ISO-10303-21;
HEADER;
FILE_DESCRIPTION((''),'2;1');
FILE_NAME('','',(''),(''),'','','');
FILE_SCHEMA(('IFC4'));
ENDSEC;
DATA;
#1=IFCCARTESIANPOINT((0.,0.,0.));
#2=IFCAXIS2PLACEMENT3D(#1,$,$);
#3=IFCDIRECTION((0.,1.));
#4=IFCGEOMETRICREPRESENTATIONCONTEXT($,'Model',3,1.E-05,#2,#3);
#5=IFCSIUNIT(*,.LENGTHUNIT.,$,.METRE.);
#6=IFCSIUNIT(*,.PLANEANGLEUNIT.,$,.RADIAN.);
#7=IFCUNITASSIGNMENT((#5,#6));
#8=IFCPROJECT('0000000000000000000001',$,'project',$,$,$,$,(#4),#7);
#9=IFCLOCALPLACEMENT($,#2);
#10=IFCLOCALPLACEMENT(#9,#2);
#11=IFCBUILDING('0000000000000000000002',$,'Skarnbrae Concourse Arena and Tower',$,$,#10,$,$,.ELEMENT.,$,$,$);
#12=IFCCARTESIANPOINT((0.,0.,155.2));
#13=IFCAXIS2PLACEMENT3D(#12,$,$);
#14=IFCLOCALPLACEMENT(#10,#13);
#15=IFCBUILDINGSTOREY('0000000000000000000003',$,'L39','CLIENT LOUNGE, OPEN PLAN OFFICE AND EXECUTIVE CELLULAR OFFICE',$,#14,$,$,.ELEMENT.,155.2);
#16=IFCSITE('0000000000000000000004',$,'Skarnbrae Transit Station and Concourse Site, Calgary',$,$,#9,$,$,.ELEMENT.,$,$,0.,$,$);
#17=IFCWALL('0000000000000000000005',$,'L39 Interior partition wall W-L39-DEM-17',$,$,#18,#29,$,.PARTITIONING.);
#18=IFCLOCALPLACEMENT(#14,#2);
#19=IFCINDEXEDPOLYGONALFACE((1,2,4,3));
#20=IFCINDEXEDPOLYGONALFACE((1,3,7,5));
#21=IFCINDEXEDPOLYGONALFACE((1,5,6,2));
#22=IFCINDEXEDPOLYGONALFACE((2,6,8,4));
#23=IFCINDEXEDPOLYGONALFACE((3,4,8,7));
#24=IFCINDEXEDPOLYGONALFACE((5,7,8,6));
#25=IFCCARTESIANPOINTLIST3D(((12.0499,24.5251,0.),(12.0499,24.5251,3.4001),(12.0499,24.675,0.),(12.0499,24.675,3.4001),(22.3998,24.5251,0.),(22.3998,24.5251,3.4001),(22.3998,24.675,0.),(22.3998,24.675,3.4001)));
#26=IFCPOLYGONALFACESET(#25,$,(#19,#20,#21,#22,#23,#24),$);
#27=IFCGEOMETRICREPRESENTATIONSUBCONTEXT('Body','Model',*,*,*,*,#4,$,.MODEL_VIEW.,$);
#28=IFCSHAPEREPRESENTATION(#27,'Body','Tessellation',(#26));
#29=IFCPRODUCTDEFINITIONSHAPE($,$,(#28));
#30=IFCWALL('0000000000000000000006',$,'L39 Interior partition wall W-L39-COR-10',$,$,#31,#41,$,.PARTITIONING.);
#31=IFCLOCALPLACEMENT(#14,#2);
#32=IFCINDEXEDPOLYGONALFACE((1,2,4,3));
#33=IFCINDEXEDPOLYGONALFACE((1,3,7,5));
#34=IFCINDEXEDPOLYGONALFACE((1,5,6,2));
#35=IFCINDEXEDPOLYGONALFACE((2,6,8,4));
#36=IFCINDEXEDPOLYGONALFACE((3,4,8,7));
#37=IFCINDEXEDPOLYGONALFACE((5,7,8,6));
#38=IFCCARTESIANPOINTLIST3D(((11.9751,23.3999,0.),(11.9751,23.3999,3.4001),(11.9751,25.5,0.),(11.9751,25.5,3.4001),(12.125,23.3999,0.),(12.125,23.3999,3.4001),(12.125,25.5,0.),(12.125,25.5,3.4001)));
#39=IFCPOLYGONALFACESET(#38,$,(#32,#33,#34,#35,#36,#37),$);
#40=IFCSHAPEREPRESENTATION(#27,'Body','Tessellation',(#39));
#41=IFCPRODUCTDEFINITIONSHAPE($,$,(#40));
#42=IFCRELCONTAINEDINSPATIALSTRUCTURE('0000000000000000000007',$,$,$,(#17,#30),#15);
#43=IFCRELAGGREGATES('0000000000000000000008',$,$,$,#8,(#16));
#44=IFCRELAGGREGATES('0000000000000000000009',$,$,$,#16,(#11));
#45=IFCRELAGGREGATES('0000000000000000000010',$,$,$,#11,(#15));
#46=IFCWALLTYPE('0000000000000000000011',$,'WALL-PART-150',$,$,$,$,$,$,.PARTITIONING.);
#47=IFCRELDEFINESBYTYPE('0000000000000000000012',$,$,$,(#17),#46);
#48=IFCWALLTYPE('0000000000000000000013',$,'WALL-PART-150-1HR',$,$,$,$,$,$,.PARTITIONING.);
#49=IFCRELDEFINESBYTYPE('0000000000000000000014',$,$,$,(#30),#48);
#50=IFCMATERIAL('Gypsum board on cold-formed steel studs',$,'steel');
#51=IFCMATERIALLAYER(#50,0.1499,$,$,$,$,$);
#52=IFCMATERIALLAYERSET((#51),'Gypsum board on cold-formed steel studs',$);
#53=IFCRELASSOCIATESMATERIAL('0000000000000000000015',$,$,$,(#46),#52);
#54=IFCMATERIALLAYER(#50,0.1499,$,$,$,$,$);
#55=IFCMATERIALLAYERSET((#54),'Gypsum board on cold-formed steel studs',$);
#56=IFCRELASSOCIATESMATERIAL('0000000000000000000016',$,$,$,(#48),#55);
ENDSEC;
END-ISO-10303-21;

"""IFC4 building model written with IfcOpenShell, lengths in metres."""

from ifc_helpers import new_model, si_unit, direction, frame, frame_2d, origin, place, context, subcontext, project, spatial, rectangle, extrude, source, transform, mapped, material, layer, layer_set, type_object, element, save


model = new_model("IFC4")

# Units and contexts
model_context = context("Model", 3, precision=1e-05, world=origin(), true_north=direction((0.0, 1.0)))
body_context = subcontext(model_context, "Body", "Model", "MODEL_VIEW")
ifc_project = project(units=[si_unit("LENGTHUNIT", "METRE"), si_unit("PLANEANGLEUNIT", "RADIAN")], contexts=[model_context])

# Site, building, storey
site_placement = place(None, origin())
site = spatial("IfcSite", under=ifc_project, at=site_placement, Name="Skarnbrae Transit Station and Concourse Site, Calgary", CompositionType="ELEMENT", RefElevation=0.0)
building_placement = place(site_placement, origin())
building = spatial("IfcBuilding", under=site, at=building_placement, Name="Skarnbrae Concourse Arena and Tower", CompositionType="ELEMENT")
storey_placement = place(building_placement, frame((0.0, 0.0, 155.2)))
storey = spatial("IfcBuildingStorey", under=building, at=storey_placement, Name="L39", Description="CLIENT LOUNGE, OPEN PLAN OFFICE AND EXECUTIVE CELLULAR OFFICE", CompositionType="ELEMENT", Elevation=155.2)

# Walls
ifc_material_1 = material(Name="Gypsum board on cold-formed steel studs", Category="steel")
ifc_layer_1 = layer(ifc_material_1, 0.1499)
ifc_layer_set_1 = layer_set([ifc_layer_1], Name="Gypsum board on cold-formed steel studs")
wall_type_1 = type_object("IfcWallType", Name="WALL-PART-150", PredefinedType="PARTITIONING", material=ifc_layer_set_1)
shared_shape_1 = source(origin(), body_context, "Body", "SweptSolid", [
    extrude(rectangle(XDim=10.3499, YDim=0.1499, at=frame_2d((5.1748, 0.0))), origin(), (0.0, 0.0, 1.0), 3.4001),
])
wall_1_placement = place(storey_placement, frame((12.05, 24.6001, 0.0), z_axis=(0.0, 0.0, 1.0), x_axis=(1.0, 0.0, 0.0)))
element("IfcWall", 1, at=wall_1_placement, inside=storey, type_object=wall_type_1, Name="L39 Interior partition wall W-L39-DEM-17", PredefinedType="PARTITIONING", context=body_context, shape_type="MappedRepresentation", body=[
    mapped(shared_shape_1, transform((0.0, 0.0, 0.0))),
])
ifc_layer_2 = layer(ifc_material_1, 0.1499)
ifc_layer_set_2 = layer_set([ifc_layer_2], Name="Gypsum board on cold-formed steel studs")
wall_type_2 = type_object("IfcWallType", Name="WALL-PART-150-1HR", PredefinedType="PARTITIONING", material=ifc_layer_set_2)
shared_shape_2 = source(origin(), body_context, "Body", "SweptSolid", [
    extrude(rectangle(XDim=2.1001, YDim=0.1499, at=frame_2d((1.05, 0.0))), origin(), (0.0, 0.0, 1.0), 3.4001),
])
wall_2_placement = place(storey_placement, frame((12.05, 25.5, 0.0), z_axis=(0.0, 0.0, 1.0), x_axis=(0.0, -1.0, 0.0)))
element("IfcWall", 2, at=wall_2_placement, inside=storey, type_object=wall_type_2, Name="L39 Interior partition wall W-L39-COR-10", PredefinedType="PARTITIONING", context=body_context, shape_type="MappedRepresentation", body=[
    mapped(shared_shape_2, transform((0.0, 0.0, 0.0))),
])

save(model, "model.ifc")
